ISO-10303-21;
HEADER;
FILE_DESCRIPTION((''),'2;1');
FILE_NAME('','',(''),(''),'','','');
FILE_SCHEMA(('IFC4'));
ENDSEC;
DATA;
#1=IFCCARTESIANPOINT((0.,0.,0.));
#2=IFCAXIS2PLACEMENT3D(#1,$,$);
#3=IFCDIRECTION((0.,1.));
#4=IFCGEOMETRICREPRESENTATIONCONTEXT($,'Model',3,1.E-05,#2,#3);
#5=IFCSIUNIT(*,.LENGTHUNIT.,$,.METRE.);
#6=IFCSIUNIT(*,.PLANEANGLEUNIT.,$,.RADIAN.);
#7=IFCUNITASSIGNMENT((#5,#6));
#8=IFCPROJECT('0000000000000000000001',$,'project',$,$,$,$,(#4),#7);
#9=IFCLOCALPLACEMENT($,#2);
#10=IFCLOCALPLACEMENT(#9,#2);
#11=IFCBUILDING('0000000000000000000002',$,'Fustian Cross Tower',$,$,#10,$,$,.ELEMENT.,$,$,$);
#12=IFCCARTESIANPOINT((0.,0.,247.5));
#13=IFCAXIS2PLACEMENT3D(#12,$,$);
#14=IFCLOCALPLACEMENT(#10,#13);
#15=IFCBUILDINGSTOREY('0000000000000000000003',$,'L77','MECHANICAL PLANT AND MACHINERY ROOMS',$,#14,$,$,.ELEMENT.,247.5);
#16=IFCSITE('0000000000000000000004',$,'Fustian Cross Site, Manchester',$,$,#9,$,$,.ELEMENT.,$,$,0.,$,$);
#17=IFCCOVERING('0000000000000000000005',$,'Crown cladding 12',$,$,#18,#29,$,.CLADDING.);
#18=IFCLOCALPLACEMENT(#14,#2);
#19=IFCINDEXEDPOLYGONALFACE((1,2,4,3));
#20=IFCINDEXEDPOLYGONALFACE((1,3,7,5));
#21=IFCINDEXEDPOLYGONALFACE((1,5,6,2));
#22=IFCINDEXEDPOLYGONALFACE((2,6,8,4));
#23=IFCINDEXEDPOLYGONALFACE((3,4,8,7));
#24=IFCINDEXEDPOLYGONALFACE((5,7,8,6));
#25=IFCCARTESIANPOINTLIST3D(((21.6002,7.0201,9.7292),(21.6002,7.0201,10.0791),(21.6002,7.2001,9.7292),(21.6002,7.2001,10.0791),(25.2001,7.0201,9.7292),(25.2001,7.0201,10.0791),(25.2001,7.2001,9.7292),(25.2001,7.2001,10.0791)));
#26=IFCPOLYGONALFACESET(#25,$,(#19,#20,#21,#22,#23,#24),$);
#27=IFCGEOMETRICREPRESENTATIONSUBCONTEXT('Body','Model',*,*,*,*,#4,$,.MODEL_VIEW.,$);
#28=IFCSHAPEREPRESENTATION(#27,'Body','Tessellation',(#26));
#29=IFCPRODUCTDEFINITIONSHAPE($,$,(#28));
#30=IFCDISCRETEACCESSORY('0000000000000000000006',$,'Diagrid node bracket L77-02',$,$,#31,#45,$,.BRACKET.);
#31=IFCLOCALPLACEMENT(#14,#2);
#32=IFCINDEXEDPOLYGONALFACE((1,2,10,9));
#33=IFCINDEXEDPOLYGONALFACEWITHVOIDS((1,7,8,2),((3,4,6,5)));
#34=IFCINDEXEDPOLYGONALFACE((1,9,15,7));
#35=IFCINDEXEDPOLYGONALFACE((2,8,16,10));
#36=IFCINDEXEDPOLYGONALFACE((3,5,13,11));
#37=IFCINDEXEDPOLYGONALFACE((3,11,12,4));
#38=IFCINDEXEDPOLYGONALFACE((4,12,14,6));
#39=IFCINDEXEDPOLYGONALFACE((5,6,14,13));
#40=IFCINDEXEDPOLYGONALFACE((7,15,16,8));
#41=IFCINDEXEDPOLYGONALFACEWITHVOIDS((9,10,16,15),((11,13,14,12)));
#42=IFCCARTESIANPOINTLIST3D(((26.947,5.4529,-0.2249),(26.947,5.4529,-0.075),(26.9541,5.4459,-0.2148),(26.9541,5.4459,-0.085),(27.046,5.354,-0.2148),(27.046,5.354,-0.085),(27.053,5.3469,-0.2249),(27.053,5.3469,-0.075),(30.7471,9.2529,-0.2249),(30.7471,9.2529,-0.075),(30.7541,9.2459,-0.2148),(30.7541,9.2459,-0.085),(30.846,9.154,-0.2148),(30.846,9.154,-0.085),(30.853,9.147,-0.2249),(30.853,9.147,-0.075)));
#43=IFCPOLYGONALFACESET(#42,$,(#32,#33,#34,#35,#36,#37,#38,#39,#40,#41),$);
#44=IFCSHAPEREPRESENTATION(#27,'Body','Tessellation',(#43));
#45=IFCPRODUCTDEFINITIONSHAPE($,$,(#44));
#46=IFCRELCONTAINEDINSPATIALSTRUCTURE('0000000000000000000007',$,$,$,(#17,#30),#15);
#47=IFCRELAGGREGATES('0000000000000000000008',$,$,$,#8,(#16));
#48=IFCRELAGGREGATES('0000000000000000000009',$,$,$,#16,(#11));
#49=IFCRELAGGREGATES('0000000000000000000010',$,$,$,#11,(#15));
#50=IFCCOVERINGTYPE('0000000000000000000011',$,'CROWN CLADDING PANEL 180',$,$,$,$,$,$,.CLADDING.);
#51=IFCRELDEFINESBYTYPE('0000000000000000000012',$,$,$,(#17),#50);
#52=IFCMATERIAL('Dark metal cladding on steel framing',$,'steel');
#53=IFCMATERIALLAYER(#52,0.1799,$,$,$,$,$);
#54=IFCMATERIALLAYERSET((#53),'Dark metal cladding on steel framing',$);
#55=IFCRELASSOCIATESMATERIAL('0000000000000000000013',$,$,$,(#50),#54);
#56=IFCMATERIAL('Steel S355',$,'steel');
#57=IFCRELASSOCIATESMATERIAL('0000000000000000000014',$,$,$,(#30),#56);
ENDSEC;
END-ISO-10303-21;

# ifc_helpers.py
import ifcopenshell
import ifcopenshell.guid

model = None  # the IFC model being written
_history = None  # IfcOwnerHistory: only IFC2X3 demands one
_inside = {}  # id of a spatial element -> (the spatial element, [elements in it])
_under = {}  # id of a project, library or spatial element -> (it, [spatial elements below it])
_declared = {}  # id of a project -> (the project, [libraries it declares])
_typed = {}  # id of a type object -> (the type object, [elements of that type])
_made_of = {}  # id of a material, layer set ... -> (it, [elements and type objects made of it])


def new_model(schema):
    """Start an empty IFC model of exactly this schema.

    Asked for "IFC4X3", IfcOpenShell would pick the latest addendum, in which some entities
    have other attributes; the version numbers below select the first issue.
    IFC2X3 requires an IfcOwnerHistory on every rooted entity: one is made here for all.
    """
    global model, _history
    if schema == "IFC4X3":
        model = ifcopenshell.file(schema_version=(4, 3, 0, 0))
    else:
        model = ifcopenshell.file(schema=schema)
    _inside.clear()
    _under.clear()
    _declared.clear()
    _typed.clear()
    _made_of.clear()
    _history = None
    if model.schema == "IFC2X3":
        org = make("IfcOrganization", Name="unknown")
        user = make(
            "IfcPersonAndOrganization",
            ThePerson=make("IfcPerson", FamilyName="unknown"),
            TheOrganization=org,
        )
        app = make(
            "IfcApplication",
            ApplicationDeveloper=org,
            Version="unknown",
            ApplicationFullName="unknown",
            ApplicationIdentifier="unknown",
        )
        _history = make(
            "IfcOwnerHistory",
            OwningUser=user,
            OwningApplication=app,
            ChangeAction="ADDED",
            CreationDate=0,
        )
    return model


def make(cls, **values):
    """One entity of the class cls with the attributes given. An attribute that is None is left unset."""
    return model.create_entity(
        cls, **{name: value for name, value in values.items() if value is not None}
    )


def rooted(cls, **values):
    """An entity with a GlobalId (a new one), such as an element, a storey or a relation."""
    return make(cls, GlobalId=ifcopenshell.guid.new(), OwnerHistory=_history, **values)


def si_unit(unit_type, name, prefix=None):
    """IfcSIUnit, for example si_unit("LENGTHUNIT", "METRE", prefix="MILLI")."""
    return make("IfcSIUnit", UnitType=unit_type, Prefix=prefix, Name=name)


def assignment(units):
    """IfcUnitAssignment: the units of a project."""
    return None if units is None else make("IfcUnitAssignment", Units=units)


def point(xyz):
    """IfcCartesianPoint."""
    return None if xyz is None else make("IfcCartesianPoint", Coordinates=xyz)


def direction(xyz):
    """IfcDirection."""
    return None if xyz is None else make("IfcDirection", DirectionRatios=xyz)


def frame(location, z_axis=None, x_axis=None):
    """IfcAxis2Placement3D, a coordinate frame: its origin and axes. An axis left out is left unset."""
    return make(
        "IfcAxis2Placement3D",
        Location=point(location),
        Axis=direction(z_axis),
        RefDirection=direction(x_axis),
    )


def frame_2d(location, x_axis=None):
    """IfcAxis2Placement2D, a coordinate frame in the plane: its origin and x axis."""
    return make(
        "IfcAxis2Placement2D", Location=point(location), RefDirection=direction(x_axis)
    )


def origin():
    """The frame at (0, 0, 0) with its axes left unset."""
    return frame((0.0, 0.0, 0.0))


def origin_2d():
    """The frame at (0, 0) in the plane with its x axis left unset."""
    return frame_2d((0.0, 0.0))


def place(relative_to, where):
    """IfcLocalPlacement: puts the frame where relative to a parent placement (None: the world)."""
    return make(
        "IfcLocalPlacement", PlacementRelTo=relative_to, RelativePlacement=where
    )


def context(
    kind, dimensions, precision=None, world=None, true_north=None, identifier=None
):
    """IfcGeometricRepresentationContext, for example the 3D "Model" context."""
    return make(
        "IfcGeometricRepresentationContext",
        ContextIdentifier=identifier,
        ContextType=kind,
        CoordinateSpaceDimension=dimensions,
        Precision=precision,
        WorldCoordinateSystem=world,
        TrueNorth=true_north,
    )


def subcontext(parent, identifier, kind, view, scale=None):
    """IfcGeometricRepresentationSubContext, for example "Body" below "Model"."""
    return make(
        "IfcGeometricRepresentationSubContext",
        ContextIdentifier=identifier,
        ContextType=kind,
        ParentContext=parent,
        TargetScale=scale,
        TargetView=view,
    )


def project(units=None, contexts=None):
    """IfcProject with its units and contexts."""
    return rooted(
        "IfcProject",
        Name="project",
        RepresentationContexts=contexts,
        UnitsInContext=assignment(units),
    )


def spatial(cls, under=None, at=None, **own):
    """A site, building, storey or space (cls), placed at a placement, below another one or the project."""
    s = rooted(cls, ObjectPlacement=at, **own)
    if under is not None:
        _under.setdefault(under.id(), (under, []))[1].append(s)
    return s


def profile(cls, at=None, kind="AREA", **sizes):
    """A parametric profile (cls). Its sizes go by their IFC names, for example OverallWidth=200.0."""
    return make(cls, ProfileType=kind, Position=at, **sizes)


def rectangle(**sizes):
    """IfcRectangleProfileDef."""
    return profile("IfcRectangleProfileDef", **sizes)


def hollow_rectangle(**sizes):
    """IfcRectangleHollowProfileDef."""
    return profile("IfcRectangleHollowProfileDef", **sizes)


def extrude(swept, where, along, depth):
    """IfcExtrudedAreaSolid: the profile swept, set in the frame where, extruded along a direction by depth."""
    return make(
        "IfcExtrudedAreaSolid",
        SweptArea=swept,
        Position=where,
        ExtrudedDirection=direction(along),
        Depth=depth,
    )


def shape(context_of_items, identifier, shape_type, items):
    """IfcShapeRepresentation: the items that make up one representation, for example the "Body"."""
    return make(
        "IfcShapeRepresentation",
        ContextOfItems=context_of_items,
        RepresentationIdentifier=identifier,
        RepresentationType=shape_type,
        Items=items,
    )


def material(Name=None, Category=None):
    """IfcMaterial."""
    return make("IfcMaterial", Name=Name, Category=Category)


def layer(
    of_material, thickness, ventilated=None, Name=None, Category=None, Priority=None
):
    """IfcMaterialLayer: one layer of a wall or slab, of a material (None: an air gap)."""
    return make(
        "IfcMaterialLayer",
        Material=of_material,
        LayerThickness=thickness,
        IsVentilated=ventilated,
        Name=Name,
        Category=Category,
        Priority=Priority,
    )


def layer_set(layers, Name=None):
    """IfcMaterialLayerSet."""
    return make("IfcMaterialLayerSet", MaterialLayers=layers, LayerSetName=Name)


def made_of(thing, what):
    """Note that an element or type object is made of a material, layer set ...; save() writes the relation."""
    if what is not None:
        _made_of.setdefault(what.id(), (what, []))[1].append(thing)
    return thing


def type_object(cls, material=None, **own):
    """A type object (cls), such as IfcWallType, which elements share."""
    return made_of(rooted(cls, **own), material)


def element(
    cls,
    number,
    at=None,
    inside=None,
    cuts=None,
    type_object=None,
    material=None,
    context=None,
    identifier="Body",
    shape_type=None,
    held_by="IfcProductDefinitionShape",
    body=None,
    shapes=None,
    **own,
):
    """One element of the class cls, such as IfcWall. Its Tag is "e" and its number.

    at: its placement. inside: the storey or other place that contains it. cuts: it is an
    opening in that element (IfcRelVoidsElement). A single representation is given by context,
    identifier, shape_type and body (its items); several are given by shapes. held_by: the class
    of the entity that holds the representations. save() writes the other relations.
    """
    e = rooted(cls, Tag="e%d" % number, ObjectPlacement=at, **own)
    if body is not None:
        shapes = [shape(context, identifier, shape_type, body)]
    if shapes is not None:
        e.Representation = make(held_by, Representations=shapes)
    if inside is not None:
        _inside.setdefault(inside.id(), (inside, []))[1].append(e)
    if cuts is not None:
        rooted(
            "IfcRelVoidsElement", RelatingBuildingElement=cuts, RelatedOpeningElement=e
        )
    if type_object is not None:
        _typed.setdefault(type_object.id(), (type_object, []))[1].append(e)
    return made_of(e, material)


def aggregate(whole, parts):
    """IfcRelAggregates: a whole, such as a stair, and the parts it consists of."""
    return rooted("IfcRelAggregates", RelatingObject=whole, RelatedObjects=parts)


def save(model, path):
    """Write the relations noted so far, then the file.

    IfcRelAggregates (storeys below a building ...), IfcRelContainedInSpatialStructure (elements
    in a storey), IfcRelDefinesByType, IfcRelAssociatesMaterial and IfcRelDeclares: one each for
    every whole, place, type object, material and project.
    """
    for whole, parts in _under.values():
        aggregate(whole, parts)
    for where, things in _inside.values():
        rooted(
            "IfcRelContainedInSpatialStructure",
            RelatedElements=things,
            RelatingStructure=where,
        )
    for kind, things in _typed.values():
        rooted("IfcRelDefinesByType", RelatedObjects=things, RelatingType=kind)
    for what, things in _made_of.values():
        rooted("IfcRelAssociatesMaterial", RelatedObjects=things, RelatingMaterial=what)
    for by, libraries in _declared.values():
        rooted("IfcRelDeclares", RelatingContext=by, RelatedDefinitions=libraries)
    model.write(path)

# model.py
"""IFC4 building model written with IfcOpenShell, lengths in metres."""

from ifc_helpers import new_model, si_unit, direction, frame, frame_2d, origin, origin_2d, place, context, subcontext, project, spatial, rectangle, hollow_rectangle, extrude, material, layer, layer_set, type_object, element, save


model = new_model("IFC4")

# Units and contexts
model_context = context("Model", 3, precision=1e-05, world=origin(), true_north=direction((0.0, 1.0)))
body_context = subcontext(model_context, "Body", "Model", "MODEL_VIEW")
ifc_project = project(units=[si_unit("LENGTHUNIT", "METRE"), si_unit("PLANEANGLEUNIT", "RADIAN")], contexts=[model_context])

# Site, building, storey
site_placement = place(None, origin())
site = spatial("IfcSite", under=ifc_project, at=site_placement, Name="Fustian Cross Site, Manchester", CompositionType="ELEMENT", RefElevation=0.0)
building_placement = place(site_placement, origin())
building = spatial("IfcBuilding", under=site, at=building_placement, Name="Fustian Cross Tower", CompositionType="ELEMENT")
storey_placement = place(building_placement, frame((0.0, 0.0, 247.5)))
storey = spatial("IfcBuildingStorey", under=building, at=storey_placement, Name="L77", Description="MECHANICAL PLANT AND MACHINERY ROOMS", CompositionType="ELEMENT", Elevation=247.5)

# Covering
ifc_material_1 = material(Name="Dark metal cladding on steel framing", Category="steel")
ifc_layer_1 = layer(ifc_material_1, 0.1799)
ifc_layer_set_1 = layer_set([ifc_layer_1], Name="Dark metal cladding on steel framing")
covering_type = type_object("IfcCoveringType", Name="CROWN CLADDING PANEL 180", PredefinedType="CLADDING", material=ifc_layer_set_1)
covering_1_placement = place(storey_placement, frame((25.2, 7.1101, 9.7292), z_axis=(0.0, 0.0, 1.0), x_axis=(-1.0, 0.0, 0.0)))
element("IfcCovering", 1, at=covering_1_placement, inside=storey, type_object=covering_type, Name="Crown cladding 12", PredefinedType="CLADDING", context=body_context, shape_type="SweptSolid", body=[
    extrude(rectangle(XDim=3.5999, YDim=0.1799, at=frame_2d((1.7998, 0.0))), origin(), (0.0, 0.0, 1.0), 0.3499),
])

# Discrete accessory
ifc_material_2 = material(Name="Steel S355", Category="steel")
discrete_accessory_placement = place(storey_placement, frame((30.8, 9.2, -0.1499), z_axis=(-0.707107, -0.707107, 0.0), x_axis=(0.707107, -0.707107, 0.0)))
element("IfcDiscreteAccessory", 2, at=discrete_accessory_placement, inside=storey, material=ifc_material_2, Name="Diagrid node bracket L77-02", PredefinedType="BRACKET", context=body_context, shape_type="SweptSolid", body=[
    extrude(hollow_rectangle(XDim=0.1499, YDim=0.1499, WallThickness=0.01, at=origin_2d()), origin(), (0.0, 0.0, 1.0), 5.374),
])

save(model, "model.ifc")
